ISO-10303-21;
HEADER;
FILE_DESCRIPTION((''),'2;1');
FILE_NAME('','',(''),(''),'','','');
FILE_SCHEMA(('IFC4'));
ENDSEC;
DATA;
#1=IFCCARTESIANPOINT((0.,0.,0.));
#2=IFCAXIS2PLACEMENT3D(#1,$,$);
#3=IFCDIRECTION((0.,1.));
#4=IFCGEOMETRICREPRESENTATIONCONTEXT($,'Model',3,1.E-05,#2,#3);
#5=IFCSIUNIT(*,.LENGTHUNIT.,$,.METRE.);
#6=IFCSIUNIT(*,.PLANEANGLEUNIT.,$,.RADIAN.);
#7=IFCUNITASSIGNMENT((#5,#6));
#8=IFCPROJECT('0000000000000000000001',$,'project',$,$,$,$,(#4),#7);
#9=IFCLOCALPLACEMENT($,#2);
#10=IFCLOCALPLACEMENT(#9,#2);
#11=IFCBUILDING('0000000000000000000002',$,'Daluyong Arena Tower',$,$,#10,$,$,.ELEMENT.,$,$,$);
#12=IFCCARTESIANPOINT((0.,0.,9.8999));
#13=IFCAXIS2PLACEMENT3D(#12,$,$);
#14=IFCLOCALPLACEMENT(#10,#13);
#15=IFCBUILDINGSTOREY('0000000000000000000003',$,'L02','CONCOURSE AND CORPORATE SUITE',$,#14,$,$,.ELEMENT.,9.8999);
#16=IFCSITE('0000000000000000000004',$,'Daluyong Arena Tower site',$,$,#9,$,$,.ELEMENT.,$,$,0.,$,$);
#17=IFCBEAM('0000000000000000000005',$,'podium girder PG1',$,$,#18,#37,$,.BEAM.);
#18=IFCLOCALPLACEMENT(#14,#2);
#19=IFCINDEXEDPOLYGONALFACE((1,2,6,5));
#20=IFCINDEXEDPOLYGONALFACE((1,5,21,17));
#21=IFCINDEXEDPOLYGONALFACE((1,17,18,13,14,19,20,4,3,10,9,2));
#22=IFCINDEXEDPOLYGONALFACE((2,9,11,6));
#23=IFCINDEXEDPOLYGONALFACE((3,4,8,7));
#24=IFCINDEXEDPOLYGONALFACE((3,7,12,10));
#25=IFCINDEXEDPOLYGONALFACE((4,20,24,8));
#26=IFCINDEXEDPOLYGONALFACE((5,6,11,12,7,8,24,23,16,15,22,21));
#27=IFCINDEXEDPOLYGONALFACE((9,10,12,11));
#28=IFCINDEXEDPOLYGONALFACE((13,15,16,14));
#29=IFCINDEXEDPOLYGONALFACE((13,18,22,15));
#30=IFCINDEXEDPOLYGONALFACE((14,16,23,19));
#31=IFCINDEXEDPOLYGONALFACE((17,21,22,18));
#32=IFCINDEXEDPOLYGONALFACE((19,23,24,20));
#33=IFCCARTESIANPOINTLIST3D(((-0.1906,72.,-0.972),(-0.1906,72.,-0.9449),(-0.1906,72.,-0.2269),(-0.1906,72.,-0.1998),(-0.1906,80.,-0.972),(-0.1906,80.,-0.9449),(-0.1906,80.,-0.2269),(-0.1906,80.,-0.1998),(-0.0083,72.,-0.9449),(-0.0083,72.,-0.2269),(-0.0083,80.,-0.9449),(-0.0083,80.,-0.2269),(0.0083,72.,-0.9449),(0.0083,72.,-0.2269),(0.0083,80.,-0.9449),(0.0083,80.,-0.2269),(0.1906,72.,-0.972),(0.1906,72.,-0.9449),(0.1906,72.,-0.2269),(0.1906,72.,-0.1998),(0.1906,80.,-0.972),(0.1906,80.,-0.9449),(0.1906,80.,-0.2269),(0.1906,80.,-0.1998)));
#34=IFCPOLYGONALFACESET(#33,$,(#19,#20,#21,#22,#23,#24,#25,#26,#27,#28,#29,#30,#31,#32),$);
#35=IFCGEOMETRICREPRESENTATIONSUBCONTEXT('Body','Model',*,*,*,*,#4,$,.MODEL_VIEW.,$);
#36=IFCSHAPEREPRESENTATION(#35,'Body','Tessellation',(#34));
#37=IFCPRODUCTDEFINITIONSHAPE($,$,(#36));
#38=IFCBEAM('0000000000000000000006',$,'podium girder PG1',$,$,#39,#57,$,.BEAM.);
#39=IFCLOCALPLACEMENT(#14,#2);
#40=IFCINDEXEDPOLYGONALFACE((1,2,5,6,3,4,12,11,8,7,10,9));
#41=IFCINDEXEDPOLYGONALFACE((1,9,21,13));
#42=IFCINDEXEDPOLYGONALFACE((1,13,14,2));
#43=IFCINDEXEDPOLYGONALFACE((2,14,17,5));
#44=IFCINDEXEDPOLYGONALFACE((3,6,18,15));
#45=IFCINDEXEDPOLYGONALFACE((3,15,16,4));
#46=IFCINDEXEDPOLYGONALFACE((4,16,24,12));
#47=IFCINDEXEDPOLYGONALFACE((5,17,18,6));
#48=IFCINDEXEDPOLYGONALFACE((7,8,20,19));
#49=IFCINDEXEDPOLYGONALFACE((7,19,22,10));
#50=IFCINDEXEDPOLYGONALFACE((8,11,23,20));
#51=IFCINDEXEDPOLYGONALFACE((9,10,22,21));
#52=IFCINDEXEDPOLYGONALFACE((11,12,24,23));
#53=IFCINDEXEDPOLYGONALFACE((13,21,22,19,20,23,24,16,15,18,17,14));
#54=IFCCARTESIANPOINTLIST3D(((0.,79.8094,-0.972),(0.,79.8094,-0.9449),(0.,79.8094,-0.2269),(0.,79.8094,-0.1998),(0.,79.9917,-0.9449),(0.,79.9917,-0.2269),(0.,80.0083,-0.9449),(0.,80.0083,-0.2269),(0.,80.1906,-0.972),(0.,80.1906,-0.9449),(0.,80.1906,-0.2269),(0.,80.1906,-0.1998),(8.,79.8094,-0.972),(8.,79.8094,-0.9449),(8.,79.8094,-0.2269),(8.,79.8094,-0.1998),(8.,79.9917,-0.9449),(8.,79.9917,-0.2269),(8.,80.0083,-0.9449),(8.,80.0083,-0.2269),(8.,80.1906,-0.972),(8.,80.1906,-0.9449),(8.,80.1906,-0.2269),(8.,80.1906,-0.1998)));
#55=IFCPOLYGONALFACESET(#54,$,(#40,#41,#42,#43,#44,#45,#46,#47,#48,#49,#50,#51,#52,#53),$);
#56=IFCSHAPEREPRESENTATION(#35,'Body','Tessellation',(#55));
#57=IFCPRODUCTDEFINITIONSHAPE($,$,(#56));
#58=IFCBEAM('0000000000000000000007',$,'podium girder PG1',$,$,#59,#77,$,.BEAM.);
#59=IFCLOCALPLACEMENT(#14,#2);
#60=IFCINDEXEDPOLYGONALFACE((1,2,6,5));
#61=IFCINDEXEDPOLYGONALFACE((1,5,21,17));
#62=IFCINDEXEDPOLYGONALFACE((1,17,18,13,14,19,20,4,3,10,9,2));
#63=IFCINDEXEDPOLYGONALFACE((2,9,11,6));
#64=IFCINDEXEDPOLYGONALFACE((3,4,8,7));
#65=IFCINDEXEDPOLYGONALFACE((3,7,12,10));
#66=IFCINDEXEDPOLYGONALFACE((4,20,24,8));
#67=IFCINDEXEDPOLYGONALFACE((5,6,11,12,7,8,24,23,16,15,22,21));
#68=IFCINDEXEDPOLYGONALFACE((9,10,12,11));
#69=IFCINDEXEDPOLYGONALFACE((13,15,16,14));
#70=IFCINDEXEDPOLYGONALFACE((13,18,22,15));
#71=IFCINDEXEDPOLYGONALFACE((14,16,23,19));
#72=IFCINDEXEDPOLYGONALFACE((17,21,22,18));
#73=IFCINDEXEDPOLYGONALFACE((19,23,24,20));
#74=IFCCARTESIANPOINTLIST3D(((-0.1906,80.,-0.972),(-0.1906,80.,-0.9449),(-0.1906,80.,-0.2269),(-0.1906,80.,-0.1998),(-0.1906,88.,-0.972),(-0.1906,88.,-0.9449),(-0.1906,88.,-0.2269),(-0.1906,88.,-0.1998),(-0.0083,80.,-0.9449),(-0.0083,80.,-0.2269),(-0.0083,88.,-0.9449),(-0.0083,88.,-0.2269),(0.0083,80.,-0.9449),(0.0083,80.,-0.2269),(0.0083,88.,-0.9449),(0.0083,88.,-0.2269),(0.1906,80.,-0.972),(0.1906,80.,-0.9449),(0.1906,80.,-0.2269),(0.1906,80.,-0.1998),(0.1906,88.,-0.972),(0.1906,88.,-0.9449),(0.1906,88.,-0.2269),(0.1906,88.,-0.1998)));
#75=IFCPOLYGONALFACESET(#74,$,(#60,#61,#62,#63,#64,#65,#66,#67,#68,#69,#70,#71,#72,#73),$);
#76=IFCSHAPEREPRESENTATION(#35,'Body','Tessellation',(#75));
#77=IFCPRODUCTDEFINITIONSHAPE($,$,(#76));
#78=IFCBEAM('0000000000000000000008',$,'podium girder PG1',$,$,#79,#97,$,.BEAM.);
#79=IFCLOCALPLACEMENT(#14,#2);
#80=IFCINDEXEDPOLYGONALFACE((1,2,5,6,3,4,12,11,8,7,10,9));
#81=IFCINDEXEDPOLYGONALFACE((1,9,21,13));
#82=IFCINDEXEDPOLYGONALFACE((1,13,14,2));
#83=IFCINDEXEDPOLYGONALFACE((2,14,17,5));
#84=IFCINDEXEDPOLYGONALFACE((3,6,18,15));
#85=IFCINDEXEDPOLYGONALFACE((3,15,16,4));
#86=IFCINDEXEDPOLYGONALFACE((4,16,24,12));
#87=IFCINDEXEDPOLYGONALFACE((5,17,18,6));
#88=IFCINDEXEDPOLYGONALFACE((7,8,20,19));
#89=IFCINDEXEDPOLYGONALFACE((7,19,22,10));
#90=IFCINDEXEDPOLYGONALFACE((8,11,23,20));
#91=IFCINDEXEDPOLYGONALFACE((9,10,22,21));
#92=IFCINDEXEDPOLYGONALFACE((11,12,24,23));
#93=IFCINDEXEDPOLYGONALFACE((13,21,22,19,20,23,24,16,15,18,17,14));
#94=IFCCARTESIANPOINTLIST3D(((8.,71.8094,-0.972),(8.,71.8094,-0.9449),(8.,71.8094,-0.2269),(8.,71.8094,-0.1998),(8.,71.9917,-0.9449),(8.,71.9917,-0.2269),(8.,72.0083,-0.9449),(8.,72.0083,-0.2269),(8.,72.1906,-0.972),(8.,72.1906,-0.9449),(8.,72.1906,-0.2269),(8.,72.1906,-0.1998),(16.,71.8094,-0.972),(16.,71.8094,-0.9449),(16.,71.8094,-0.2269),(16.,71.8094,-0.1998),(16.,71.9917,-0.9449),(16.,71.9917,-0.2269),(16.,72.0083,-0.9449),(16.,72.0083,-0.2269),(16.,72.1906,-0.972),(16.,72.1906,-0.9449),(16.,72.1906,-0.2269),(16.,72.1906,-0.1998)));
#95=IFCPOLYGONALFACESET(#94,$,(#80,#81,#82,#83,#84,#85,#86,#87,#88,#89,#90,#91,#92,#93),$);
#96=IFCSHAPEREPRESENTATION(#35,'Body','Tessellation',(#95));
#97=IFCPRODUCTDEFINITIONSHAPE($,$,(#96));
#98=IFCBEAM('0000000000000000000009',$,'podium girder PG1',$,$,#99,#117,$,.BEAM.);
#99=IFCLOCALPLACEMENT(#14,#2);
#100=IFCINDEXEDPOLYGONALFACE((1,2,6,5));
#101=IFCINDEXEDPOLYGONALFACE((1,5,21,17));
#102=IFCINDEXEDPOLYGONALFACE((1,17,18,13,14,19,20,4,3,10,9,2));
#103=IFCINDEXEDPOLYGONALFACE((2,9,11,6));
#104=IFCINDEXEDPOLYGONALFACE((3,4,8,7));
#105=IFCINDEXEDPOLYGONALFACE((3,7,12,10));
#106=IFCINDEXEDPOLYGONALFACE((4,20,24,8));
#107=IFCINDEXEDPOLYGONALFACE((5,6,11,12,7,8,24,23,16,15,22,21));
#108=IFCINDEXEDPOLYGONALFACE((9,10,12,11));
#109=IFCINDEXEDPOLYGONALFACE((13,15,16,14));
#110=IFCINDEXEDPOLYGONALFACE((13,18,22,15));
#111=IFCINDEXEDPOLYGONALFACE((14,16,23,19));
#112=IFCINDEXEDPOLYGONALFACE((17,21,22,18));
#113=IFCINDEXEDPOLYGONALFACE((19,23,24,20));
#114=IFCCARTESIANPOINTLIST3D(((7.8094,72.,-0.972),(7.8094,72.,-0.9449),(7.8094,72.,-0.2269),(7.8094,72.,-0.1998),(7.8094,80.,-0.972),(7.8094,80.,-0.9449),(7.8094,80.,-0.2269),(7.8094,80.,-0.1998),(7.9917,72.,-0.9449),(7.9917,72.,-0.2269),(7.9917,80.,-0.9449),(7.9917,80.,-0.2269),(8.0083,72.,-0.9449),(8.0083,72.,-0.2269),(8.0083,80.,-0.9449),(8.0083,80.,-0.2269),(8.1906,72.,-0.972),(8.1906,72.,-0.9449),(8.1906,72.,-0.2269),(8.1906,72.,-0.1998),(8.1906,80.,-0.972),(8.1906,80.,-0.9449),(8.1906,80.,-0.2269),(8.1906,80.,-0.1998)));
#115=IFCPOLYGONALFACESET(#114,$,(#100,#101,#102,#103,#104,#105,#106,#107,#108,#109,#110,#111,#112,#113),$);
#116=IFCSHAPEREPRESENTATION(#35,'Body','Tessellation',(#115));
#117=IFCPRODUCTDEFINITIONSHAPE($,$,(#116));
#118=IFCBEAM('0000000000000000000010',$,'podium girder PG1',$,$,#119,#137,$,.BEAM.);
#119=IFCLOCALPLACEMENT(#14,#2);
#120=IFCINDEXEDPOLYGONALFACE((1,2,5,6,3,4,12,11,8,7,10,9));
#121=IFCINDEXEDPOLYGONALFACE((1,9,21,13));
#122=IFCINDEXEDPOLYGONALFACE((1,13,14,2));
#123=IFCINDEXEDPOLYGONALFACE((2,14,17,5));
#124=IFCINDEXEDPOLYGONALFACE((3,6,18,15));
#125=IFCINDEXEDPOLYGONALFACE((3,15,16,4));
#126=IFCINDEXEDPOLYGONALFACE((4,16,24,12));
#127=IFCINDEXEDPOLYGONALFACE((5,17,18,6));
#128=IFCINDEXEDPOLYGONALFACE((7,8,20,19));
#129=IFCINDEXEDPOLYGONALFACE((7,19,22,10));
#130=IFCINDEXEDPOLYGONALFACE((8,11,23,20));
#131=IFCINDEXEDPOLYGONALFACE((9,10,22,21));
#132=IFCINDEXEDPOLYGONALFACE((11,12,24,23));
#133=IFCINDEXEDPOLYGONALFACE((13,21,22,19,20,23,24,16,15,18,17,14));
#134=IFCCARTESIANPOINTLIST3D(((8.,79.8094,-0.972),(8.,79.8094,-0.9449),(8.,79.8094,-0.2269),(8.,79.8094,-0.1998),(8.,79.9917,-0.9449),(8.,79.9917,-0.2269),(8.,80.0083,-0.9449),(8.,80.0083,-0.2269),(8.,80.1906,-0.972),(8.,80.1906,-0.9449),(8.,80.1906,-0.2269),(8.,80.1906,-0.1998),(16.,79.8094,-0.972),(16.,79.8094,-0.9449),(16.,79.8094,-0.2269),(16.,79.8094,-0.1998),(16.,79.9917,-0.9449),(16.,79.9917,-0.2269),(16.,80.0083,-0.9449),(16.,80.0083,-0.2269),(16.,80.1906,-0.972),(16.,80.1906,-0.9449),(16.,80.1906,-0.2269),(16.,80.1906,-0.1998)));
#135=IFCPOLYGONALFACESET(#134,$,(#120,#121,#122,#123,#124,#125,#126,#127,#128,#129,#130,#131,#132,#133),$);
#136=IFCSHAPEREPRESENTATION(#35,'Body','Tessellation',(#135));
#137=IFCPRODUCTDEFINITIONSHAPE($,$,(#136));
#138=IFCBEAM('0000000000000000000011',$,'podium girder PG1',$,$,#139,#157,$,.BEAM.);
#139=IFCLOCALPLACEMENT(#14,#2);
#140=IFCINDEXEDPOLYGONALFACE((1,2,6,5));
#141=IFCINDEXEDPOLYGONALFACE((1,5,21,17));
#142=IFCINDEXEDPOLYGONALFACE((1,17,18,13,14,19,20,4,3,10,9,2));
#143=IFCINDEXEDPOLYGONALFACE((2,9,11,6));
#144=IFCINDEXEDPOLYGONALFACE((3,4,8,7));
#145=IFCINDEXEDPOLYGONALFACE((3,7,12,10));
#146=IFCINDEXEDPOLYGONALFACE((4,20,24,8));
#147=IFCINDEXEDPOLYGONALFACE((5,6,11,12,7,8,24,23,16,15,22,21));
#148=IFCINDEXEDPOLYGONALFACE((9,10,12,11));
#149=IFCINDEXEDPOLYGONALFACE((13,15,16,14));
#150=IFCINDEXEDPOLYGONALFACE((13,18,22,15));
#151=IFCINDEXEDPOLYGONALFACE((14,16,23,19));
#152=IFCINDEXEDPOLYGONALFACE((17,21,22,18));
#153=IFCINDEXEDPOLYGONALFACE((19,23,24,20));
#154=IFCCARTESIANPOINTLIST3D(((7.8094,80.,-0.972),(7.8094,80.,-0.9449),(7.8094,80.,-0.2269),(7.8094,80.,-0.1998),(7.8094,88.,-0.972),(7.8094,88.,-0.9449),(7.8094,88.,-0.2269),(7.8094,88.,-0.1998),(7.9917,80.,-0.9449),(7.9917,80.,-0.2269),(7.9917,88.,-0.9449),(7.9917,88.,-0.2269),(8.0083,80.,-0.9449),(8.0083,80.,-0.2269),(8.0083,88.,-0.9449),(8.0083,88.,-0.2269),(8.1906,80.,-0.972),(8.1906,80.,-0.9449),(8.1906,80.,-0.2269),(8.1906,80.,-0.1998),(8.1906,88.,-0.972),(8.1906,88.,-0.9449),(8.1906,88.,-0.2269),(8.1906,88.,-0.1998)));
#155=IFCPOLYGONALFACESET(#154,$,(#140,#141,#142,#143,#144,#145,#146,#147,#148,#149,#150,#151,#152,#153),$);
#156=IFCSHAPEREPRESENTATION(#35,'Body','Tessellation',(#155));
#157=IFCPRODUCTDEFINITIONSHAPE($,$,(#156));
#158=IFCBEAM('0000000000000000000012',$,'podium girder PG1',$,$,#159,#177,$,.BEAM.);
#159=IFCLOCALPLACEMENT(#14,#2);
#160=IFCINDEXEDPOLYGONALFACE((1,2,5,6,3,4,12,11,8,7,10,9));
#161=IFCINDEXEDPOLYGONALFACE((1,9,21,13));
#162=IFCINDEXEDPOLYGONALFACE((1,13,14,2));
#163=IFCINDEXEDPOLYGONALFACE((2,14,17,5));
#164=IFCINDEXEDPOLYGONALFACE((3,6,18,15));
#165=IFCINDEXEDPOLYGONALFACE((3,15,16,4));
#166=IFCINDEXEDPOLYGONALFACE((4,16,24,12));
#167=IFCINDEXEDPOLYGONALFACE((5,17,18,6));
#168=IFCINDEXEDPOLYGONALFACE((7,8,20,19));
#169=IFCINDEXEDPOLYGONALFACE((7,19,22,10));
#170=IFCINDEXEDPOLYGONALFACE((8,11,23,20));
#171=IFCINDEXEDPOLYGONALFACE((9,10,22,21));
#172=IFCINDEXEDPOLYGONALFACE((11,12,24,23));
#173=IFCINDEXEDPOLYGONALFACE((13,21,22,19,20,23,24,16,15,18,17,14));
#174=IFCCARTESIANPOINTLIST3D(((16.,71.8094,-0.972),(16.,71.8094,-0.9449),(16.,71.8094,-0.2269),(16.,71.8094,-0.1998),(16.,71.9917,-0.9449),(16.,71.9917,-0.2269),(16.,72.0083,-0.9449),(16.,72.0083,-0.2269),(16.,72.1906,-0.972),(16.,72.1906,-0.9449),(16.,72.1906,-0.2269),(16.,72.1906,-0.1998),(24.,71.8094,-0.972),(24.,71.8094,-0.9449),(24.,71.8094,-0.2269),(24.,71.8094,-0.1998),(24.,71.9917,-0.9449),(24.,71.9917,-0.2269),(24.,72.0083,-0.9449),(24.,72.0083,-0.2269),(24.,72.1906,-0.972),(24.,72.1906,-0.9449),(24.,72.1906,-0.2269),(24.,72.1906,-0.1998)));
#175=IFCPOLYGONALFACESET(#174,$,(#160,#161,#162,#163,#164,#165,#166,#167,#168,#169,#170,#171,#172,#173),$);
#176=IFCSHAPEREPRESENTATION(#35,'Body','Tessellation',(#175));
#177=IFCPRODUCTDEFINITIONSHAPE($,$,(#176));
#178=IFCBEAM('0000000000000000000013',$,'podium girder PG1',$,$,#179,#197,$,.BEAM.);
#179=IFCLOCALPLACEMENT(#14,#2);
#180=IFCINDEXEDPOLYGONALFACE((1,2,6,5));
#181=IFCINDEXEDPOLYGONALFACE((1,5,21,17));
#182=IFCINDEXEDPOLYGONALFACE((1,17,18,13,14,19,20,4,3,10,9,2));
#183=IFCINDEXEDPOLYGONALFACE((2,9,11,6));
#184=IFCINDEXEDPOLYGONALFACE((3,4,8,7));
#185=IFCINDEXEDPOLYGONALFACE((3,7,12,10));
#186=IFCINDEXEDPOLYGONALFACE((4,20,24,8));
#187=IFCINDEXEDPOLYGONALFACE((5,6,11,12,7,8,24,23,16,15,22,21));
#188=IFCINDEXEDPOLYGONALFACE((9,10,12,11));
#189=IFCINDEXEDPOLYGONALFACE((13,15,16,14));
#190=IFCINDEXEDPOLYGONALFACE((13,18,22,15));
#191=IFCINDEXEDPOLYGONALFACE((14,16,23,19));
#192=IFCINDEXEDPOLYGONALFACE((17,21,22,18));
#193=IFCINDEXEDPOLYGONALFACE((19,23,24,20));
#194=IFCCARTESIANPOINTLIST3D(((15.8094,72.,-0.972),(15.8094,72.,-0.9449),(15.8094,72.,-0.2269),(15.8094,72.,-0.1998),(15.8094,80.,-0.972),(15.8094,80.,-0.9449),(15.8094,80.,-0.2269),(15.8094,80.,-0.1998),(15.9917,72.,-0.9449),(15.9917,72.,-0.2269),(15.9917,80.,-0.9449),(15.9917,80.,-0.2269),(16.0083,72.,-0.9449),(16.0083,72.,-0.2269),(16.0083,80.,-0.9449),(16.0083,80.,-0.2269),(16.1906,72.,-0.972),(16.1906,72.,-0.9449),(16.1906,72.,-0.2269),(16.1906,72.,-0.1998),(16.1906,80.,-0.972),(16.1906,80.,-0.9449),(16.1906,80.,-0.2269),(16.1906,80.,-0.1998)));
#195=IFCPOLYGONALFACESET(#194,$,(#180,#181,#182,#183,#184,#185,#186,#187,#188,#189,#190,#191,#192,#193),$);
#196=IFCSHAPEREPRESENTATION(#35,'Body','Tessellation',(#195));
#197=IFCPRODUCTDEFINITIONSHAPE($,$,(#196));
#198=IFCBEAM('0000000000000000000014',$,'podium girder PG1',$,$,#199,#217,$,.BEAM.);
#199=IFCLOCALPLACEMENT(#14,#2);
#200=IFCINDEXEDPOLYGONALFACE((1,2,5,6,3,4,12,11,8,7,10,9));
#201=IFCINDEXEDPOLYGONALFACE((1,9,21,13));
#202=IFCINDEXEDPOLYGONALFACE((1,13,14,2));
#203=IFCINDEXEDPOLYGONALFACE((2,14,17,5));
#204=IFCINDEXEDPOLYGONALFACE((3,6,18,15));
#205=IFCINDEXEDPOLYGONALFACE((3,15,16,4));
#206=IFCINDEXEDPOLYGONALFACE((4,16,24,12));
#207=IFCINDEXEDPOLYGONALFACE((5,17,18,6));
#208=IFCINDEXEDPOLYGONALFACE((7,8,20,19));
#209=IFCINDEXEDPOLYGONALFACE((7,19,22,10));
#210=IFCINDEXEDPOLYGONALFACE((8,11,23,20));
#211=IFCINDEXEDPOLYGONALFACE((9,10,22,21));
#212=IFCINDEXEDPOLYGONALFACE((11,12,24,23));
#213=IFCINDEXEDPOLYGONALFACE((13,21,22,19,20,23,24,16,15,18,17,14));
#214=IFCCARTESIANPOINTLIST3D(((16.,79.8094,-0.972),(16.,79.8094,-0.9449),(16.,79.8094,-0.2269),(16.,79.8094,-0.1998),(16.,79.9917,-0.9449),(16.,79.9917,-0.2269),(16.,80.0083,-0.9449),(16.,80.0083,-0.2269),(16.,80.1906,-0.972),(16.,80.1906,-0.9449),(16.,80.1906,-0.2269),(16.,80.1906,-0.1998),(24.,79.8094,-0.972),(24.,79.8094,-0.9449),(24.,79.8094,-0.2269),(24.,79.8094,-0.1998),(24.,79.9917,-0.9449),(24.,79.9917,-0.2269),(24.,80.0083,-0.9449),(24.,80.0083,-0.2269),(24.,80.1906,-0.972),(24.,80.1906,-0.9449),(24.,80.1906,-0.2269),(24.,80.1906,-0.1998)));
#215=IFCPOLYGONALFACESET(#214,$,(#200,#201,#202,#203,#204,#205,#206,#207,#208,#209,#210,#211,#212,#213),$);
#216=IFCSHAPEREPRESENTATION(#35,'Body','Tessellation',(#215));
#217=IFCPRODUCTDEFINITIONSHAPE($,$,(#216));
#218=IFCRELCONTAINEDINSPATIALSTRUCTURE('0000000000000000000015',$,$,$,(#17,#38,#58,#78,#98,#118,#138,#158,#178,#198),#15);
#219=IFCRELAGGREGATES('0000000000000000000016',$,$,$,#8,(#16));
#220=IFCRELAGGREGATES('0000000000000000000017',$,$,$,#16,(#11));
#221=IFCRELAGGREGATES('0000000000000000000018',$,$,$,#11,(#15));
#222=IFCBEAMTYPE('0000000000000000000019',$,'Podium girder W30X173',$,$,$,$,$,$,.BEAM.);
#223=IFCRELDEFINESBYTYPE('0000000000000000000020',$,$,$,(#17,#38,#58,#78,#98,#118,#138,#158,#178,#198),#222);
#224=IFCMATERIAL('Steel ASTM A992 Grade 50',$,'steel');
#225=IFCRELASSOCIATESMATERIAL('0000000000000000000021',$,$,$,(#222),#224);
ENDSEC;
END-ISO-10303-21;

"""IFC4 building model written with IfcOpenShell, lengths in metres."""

from ifc_helpers import new_model, si_unit, direction, frame, origin, origin_2d, place, context, subcontext, project, spatial, i_section, extrude, material, material_profile, profile_set, type_object, element, save


model = new_model("IFC4")

# Units and contexts
model_context = context("Model", 3, precision=1e-05, world=origin(), true_north=direction((0.0, 1.0)))
body_context = subcontext(model_context, "Body", "Model", "MODEL_VIEW")
ifc_project = project(units=[si_unit("LENGTHUNIT", "METRE"), si_unit("PLANEANGLEUNIT", "RADIAN")], contexts=[model_context])

# Site, building, storey
site_placement = place(None, origin())
site = spatial("IfcSite", under=ifc_project, at=site_placement, Name="Daluyong Arena Tower site", CompositionType="ELEMENT", RefElevation=0.0)
building_placement = place(site_placement, origin())
building = spatial("IfcBuilding", under=site, at=building_placement, Name="Daluyong Arena Tower", CompositionType="ELEMENT")
storey_placement = place(building_placement, frame((0.0, 0.0, 9.8999)))
storey = spatial("IfcBuildingStorey", under=building, at=storey_placement, Name="L02", Description="CONCOURSE AND CORPORATE SUITE", CompositionType="ELEMENT", Elevation=9.8999)

# Beams
ifc_material_1 = material(Name="Steel ASTM A992 Grade 50", Category="steel")
ifc_material_profile_1 = material_profile(ifc_material_1, i_section(OverallWidth=0.3811, OverallDepth=0.7722, WebThickness=0.0166, FlangeThickness=0.0271, at=origin_2d()))
ifc_profile_set_1 = profile_set([ifc_material_profile_1], Name="Steel ASTM A992 Grade 50")
beam_type_1 = type_object("IfcBeamType", Name="Podium girder W30X173", PredefinedType="BEAM", material=ifc_profile_set_1)
for number, where, z_axis, x_axis, name in (
    (1, (0.0, 72.0, -0.5859), (0.0, 1.0, 0.0), (-1.0, 0.0, 0.0), "podium girder PG1"),
    (2, (0.0, 80.0, -0.5859), (1.0, 0.0, 0.0), (0.0, 1.0, 0.0), "podium girder PG1"),
    (3, (0.0, 80.0, -0.5859), (0.0, 1.0, 0.0), (-1.0, 0.0, 0.0), "podium girder PG1"),
    (4, (8.0, 72.0, -0.5859), (1.0, 0.0, 0.0), (0.0, 1.0, 0.0), "podium girder PG1"),
    (5, (8.0, 72.0, -0.5859), (0.0, 1.0, 0.0), (-1.0, 0.0, 0.0), "podium girder PG1"),
    (6, (8.0, 80.0, -0.5859), (1.0, 0.0, 0.0), (0.0, 1.0, 0.0), "podium girder PG1"),
    (7, (8.0, 80.0, -0.5859), (0.0, 1.0, 0.0), (-1.0, 0.0, 0.0), "podium girder PG1"),
    (8, (16.0, 72.0, -0.5859), (1.0, 0.0, 0.0), (0.0, 1.0, 0.0), "podium girder PG1"),
    (9, (16.0, 72.0, -0.5859), (0.0, 1.0, 0.0), (-1.0, 0.0, 0.0), "podium girder PG1"),
    (10, (16.0, 80.0, -0.5859), (1.0, 0.0, 0.0), (0.0, 1.0, 0.0), "podium girder PG1"),
):
    element("IfcBeam", number, at=place(storey_placement, frame(where, z_axis=z_axis, x_axis=x_axis)), inside=storey, type_object=beam_type_1, Name=name, PredefinedType="BEAM", context=body_context, shape_type="SweptSolid", body=[
        extrude(i_section(OverallWidth=0.3811, OverallDepth=0.7722, WebThickness=0.0166, FlangeThickness=0.0271, at=origin_2d()), origin(), (0.0, 0.0, 1.0), 8.0),
    ])

save(model, "model.ifc")
